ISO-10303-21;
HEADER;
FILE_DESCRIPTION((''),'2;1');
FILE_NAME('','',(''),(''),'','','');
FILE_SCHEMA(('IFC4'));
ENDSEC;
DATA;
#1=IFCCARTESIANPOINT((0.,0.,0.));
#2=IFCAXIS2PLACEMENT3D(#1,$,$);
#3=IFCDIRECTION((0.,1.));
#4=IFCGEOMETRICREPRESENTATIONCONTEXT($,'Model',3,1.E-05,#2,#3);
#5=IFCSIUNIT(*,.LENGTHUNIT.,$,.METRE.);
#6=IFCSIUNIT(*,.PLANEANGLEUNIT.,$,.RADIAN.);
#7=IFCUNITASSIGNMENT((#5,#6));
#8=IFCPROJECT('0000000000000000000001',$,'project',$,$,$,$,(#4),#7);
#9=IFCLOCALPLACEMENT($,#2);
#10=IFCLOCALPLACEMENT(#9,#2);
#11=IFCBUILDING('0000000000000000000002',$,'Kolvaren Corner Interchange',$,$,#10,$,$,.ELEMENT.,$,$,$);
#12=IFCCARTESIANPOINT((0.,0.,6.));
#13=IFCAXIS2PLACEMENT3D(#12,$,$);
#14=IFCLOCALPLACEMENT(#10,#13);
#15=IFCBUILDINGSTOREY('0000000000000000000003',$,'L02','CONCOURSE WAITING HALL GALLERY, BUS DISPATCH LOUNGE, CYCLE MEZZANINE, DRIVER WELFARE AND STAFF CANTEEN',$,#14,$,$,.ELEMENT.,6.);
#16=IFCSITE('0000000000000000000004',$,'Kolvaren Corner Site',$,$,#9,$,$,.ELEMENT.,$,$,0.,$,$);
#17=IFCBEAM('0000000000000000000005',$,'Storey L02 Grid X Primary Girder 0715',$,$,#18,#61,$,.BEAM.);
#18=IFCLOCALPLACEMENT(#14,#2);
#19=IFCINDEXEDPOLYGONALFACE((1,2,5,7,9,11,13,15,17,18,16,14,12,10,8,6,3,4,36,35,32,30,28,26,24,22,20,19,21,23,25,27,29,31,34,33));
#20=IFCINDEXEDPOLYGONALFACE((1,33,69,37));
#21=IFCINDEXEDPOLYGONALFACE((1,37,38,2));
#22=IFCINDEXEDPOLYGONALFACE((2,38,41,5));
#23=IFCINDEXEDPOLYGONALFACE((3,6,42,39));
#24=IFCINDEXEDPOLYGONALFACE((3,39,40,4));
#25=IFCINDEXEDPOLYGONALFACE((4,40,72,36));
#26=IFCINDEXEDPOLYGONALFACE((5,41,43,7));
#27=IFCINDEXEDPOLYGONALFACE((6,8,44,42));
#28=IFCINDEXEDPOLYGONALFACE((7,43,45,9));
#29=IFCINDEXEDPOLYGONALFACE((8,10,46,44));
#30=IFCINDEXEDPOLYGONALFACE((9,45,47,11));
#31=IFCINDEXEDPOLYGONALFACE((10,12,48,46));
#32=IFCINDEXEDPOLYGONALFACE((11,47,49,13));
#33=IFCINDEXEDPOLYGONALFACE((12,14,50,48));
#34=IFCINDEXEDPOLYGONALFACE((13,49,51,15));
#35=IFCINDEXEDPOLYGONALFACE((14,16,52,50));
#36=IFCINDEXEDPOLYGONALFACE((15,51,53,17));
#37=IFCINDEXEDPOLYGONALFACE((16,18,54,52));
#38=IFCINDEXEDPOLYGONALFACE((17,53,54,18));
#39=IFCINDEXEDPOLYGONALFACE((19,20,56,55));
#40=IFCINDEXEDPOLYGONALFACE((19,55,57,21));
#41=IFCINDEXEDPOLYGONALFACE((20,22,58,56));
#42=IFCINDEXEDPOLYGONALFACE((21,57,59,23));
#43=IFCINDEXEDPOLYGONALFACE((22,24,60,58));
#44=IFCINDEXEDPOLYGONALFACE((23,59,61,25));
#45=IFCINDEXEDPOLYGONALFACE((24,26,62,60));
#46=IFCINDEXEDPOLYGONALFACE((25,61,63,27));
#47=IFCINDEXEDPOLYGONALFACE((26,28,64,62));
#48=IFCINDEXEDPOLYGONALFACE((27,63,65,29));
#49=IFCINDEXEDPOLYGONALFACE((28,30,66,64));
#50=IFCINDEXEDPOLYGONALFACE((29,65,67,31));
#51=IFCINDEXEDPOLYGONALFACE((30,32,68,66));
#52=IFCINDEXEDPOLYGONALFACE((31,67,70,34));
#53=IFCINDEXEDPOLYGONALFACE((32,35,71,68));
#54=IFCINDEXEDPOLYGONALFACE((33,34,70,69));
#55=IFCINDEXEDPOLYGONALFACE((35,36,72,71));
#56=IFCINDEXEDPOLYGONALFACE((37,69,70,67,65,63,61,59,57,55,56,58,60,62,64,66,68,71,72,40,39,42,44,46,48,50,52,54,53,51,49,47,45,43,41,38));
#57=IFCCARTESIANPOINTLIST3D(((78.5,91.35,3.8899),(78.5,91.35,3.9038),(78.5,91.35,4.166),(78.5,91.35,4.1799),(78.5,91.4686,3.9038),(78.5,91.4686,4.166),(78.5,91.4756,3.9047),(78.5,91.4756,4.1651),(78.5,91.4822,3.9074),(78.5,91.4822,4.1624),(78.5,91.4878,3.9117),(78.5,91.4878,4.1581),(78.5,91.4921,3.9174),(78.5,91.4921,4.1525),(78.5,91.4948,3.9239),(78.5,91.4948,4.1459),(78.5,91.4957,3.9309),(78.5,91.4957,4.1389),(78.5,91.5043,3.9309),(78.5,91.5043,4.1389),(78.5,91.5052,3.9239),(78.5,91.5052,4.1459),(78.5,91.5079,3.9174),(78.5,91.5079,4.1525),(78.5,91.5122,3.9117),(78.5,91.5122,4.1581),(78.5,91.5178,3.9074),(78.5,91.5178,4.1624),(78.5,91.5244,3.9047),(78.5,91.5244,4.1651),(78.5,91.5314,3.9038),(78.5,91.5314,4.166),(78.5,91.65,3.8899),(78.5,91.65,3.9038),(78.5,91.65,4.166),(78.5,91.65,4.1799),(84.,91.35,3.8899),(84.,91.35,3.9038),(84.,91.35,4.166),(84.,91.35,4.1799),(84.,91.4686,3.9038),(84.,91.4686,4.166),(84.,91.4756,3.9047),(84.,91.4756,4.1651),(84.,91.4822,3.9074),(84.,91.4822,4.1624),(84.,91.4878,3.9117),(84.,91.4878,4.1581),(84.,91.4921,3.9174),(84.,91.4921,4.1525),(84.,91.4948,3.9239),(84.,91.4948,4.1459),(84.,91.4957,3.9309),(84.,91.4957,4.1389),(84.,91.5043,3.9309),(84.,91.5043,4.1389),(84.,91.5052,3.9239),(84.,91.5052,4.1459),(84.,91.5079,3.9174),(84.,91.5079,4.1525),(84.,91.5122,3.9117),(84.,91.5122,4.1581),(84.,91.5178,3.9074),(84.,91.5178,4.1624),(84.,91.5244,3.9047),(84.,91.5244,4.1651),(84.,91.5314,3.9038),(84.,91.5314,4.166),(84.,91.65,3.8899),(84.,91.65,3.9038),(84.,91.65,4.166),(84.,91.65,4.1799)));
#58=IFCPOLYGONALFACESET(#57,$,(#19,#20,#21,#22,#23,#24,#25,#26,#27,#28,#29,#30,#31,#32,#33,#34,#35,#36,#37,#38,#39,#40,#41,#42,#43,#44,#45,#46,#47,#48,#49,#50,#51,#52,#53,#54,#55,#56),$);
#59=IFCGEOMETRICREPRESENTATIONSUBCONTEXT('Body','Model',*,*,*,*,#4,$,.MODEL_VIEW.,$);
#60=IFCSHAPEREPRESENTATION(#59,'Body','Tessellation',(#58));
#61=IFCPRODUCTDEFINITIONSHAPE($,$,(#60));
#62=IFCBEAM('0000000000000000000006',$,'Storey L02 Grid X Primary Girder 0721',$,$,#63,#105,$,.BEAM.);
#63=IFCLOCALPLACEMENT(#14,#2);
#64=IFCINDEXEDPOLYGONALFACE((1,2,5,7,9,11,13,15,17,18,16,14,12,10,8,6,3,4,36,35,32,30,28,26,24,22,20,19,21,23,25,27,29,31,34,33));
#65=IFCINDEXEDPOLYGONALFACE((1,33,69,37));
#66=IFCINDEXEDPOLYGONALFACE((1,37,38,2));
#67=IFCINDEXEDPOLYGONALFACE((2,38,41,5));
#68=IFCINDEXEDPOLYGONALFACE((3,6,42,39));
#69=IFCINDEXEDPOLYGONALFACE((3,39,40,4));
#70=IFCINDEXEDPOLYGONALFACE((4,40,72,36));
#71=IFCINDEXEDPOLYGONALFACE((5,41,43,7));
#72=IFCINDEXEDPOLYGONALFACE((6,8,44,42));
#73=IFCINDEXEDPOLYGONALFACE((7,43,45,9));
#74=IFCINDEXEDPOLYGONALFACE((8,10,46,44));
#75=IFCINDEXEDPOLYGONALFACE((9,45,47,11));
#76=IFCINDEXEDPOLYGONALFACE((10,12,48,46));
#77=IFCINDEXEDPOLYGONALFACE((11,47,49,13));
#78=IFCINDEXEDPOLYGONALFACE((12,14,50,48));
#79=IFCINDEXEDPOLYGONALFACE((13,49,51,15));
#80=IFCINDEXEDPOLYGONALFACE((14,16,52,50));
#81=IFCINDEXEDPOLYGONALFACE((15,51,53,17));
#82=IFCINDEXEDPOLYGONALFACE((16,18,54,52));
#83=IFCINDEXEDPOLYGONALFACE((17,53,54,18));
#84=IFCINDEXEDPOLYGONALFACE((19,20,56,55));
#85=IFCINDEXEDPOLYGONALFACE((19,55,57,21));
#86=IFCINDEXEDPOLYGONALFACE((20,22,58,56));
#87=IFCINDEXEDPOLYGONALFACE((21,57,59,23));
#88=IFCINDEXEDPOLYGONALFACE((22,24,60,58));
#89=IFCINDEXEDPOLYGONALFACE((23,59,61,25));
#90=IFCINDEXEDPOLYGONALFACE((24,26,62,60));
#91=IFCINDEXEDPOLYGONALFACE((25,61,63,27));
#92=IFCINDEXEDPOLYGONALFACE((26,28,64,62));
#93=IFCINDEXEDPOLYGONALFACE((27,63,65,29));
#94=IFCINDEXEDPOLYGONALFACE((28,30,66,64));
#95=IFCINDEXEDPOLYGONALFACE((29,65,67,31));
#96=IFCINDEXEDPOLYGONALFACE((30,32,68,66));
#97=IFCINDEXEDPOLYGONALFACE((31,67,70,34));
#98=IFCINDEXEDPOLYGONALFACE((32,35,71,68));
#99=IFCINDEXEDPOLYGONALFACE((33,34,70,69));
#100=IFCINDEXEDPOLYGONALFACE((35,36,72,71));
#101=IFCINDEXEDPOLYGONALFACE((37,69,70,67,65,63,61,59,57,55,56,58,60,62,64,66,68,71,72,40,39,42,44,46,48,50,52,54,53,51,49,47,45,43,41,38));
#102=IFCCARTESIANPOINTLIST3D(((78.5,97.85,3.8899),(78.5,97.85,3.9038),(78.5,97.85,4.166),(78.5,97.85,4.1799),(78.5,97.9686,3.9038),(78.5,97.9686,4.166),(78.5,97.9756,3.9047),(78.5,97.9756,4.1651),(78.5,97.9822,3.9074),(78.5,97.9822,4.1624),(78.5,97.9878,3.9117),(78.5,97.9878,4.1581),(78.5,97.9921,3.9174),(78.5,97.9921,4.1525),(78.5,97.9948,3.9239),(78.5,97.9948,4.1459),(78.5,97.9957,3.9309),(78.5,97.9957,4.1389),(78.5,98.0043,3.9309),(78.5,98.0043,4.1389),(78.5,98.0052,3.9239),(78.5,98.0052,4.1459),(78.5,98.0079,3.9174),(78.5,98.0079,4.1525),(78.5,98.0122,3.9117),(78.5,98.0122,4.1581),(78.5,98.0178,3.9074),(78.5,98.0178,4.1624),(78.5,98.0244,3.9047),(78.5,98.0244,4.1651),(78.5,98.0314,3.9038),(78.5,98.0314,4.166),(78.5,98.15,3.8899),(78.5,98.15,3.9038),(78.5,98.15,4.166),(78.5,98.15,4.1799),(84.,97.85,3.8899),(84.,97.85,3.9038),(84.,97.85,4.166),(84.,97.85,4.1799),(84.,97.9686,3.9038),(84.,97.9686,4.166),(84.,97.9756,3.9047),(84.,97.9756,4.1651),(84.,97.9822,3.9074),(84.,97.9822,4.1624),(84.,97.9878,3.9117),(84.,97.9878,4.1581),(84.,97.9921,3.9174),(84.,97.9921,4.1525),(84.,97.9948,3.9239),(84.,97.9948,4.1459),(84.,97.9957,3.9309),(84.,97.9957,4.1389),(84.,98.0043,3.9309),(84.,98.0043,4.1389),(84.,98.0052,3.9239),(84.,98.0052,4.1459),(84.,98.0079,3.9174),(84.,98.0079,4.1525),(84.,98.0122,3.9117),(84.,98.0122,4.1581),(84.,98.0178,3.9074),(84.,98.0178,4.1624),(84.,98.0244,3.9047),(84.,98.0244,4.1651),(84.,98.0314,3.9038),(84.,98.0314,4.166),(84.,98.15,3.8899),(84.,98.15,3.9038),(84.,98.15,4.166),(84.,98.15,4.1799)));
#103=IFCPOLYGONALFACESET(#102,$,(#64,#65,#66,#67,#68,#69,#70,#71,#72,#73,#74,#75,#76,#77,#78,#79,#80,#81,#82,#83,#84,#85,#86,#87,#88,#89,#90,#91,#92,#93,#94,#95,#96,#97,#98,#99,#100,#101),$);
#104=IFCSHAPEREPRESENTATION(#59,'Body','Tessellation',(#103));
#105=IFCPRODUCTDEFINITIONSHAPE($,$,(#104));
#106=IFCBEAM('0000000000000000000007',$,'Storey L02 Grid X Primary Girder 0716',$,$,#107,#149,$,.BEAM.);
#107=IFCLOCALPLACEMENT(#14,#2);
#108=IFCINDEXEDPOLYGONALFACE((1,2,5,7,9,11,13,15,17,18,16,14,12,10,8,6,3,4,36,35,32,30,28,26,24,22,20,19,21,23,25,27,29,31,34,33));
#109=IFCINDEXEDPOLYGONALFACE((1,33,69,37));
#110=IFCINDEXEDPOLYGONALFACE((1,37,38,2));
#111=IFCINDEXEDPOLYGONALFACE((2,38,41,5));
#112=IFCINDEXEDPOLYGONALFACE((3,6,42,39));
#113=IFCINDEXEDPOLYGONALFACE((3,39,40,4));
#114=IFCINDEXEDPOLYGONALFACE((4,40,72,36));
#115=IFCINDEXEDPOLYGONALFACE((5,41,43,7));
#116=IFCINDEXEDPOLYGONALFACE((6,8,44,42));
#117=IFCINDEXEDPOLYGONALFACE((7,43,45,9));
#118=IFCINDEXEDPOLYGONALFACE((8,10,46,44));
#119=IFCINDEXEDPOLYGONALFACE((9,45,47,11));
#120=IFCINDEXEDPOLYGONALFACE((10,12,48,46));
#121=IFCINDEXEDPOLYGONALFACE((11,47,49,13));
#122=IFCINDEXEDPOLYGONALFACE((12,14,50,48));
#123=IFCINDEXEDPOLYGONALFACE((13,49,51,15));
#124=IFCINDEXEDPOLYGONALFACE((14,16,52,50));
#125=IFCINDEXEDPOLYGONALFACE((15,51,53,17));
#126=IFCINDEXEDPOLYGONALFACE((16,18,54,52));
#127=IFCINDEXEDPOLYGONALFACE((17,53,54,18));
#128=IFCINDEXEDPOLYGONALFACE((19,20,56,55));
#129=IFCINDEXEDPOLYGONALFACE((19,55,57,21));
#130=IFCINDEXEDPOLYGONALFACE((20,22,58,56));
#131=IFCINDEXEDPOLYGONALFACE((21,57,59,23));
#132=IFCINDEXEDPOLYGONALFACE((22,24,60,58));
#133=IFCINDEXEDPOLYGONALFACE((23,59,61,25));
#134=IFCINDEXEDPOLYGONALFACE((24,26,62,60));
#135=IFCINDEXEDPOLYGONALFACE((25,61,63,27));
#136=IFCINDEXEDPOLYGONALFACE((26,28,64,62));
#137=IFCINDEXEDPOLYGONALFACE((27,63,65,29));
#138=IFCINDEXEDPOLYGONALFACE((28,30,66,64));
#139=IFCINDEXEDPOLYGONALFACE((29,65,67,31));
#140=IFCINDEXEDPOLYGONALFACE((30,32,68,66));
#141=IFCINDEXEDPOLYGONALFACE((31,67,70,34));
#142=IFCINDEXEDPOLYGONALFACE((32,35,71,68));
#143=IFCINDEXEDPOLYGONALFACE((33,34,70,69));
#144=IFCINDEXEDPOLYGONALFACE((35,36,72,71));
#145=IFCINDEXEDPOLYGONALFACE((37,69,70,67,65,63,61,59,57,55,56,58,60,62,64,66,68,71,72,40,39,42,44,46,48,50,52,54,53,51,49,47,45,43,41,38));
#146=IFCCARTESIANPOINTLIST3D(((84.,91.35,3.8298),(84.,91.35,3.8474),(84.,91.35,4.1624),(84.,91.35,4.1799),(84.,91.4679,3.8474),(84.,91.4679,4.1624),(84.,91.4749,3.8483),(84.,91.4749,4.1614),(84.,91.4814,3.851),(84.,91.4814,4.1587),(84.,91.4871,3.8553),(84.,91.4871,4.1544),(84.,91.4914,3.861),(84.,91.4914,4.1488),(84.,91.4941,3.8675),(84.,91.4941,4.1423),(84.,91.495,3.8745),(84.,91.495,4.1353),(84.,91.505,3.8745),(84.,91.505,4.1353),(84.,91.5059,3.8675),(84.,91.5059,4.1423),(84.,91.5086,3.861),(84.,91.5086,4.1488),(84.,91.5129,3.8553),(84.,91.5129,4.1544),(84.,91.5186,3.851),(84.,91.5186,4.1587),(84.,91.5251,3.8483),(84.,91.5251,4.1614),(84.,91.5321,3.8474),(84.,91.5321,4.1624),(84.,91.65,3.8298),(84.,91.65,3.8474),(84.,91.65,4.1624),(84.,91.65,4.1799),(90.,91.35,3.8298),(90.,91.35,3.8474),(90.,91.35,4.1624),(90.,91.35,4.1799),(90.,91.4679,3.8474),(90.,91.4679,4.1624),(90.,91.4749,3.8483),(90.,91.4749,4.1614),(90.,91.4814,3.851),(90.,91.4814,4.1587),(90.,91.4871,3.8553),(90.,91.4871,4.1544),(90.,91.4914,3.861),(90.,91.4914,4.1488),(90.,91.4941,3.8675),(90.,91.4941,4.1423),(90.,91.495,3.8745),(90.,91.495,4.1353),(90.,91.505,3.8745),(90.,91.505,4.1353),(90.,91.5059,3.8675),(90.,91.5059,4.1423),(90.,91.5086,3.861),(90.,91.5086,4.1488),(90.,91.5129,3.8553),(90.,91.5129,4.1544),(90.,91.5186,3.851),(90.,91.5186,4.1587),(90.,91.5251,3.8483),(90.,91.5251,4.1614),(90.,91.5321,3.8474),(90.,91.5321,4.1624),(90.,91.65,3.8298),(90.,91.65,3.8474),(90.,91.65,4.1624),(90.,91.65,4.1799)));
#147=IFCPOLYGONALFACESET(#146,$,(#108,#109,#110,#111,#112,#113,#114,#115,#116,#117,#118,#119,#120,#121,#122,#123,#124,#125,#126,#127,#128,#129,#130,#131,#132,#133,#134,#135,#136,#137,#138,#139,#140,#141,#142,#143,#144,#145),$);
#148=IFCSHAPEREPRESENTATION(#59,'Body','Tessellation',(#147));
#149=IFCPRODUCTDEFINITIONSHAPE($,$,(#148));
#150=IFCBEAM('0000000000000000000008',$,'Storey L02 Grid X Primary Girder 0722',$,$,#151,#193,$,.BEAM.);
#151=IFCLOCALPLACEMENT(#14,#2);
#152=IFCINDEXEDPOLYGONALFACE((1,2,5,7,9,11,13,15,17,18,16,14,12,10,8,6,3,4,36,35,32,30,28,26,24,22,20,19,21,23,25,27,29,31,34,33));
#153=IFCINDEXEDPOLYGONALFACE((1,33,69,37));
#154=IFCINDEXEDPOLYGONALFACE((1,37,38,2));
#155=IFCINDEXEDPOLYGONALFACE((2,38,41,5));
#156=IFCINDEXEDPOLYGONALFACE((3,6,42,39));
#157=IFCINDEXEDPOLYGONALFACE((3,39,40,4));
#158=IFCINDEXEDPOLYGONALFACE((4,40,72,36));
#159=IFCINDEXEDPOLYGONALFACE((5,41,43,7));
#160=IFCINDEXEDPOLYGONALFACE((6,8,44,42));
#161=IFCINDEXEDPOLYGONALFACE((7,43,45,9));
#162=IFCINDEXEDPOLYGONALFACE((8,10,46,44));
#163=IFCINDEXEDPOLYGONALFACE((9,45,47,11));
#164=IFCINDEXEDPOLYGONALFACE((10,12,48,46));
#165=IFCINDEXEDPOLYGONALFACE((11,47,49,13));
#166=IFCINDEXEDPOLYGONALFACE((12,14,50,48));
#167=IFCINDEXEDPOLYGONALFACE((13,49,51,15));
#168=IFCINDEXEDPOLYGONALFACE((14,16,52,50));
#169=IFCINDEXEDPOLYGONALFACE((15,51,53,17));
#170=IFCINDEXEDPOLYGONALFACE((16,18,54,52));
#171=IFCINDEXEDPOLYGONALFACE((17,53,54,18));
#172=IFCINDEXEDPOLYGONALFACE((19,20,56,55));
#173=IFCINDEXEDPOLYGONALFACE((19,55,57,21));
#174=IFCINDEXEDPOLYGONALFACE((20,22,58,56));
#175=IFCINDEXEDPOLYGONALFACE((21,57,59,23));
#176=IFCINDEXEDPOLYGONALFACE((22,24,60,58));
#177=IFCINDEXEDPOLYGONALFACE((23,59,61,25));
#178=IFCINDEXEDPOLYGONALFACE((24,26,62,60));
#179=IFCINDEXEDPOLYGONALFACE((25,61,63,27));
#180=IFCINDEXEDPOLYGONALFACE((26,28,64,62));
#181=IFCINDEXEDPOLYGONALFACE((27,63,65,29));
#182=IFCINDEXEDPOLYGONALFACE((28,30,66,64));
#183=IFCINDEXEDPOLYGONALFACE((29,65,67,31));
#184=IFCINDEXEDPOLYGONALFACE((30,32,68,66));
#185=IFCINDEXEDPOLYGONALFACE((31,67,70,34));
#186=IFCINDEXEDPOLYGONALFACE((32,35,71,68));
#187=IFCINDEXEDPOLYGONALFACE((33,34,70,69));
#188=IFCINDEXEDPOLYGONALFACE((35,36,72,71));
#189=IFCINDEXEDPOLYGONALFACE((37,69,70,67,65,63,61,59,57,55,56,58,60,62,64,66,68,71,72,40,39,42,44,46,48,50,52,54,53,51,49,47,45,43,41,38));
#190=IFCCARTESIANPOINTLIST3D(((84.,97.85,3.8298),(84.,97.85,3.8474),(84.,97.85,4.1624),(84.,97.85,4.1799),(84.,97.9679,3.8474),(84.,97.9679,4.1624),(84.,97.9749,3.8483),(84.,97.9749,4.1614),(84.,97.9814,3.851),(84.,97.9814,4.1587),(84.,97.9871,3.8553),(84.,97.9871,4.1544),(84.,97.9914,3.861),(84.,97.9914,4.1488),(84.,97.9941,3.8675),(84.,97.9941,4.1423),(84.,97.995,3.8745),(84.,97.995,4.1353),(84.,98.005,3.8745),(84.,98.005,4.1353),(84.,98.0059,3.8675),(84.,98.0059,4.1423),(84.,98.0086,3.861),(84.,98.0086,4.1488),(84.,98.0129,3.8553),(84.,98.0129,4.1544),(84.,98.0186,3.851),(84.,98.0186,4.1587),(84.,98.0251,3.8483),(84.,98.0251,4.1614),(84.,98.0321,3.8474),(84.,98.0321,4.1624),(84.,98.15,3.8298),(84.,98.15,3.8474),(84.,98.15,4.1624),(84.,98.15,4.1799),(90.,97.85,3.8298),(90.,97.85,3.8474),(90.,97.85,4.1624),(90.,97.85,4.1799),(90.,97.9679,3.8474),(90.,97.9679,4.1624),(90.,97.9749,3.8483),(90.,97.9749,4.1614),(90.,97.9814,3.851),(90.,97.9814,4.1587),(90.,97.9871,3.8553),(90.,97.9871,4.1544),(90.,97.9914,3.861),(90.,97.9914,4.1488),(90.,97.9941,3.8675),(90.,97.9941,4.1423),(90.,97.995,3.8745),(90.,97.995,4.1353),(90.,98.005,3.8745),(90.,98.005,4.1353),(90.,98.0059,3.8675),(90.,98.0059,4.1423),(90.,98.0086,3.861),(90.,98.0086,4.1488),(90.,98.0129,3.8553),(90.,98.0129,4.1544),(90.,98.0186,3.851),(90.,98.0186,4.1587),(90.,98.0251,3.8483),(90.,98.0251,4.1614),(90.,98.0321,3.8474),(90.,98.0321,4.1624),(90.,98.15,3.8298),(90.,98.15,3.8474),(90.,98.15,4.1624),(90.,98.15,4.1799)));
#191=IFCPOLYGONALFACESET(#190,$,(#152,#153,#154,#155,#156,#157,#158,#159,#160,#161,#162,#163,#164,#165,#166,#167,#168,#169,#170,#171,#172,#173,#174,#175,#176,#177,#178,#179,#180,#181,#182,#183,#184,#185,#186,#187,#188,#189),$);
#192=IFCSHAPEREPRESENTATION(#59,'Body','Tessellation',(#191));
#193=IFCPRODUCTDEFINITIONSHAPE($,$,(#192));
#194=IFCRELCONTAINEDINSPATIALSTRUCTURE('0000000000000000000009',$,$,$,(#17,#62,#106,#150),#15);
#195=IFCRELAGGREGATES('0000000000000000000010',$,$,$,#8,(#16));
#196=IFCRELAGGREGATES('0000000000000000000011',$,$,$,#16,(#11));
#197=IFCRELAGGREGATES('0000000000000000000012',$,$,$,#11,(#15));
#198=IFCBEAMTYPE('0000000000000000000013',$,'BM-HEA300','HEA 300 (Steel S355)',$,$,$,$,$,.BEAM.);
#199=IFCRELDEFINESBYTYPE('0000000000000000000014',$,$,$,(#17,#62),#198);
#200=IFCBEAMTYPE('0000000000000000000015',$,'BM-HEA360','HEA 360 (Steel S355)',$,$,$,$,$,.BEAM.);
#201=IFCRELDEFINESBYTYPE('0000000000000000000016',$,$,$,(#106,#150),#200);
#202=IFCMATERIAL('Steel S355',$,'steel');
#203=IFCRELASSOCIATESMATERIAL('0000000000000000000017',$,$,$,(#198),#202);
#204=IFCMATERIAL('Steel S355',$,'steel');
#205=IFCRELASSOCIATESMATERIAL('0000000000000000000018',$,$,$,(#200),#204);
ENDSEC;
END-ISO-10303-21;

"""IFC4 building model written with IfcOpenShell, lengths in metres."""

from ifc_helpers import new_model, si_unit, direction, frame, origin, origin_2d, place, context, subcontext, project, spatial, i_section, extrude, material, material_profile, profile_set, type_object, element, save


model = new_model("IFC4")

# Units and contexts
model_context = context("Model", 3, precision=1e-05, world=origin(), true_north=direction((0.0, 1.0)))
body_context = subcontext(model_context, "Body", "Model", "MODEL_VIEW")
ifc_project = project(units=[si_unit("LENGTHUNIT", "METRE"), si_unit("PLANEANGLEUNIT", "RADIAN")], contexts=[model_context])

# Site, building, storey
site_placement = place(None, origin())
site = spatial("IfcSite", under=ifc_project, at=site_placement, Name="Kolvaren Corner Site", CompositionType="ELEMENT", RefElevation=0.0)
building_placement = place(site_placement, origin())
building = spatial("IfcBuilding", under=site, at=building_placement, Name="Kolvaren Corner Interchange", CompositionType="ELEMENT")
storey_placement = place(building_placement, frame((0.0, 0.0, 6.0)))
storey = spatial("IfcBuildingStorey", under=building, at=storey_placement, Name="L02", Description="CONCOURSE WAITING HALL GALLERY, BUS DISPATCH LOUNGE, CYCLE MEZZANINE, DRIVER WELFARE AND STAFF CANTEEN", CompositionType="ELEMENT", Elevation=6.0)

# Beams
ifc_material_1 = material(Name="Steel S355", Category="steel")
ifc_material_profile_1 = material_profile(ifc_material_1, i_section(OverallWidth=0.3, OverallDepth=0.29, WebThickness=0.0085, FlangeThickness=0.0139, FilletRadius=0.0271, at=origin_2d()), Name="HEA 300")
ifc_profile_set_1 = profile_set([ifc_material_profile_1], Name="Steel S355")
beam_type_1 = type_object("IfcBeamType", Name="BM-HEA300", Description="HEA 300 (Steel S355)", PredefinedType="BEAM", material=ifc_profile_set_1)
for number, where, z_axis, x_axis, name in (
    (1, (78.5, 91.5, 4.0349), (1.0, 0.0, 0.0), (0.0, 1.0, 0.0), "Storey L02 Grid X Primary Girder 0715"),
    (2, (78.5, 98.0, 4.0349), (1.0, 0.0, 0.0), (0.0, 1.0, 0.0), "Storey L02 Grid X Primary Girder 0721"),
):
    element("IfcBeam", number, at=place(storey_placement, frame(where, z_axis=z_axis, x_axis=x_axis)), inside=storey, type_object=beam_type_1, Name=name, PredefinedType="BEAM", context=body_context, shape_type="SweptSolid", body=[
        extrude(i_section(OverallWidth=0.3, OverallDepth=0.29, WebThickness=0.0085, FlangeThickness=0.0139, FilletRadius=0.0271, at=origin_2d()), origin(), (0.0, 0.0, 1.0), 5.5),
    ])
ifc_material_2 = material(Name="Steel S355", Category="steel")
ifc_material_profile_2 = material_profile(ifc_material_2, i_section(OverallWidth=0.3, OverallDepth=0.3501, WebThickness=0.01, FlangeThickness=0.0176, FilletRadius=0.0271, at=origin_2d()), Name="HEA 360")
ifc_profile_set_2 = profile_set([ifc_material_profile_2], Name="Steel S355")
beam_type_2 = type_object("IfcBeamType", Name="BM-HEA360", Description="HEA 360 (Steel S355)", PredefinedType="BEAM", material=ifc_profile_set_2)
for number, where, z_axis, x_axis, name in (
    (3, (84.0, 91.5, 4.0049), (1.0, 0.0, 0.0), (0.0, 1.0, 0.0), "Storey L02 Grid X Primary Girder 0716"),
    (4, (84.0, 98.0, 4.0049), (1.0, 0.0, 0.0), (0.0, 1.0, 0.0), "Storey L02 Grid X Primary Girder 0722"),
):
    element("IfcBeam", number, at=place(storey_placement, frame(where, z_axis=z_axis, x_axis=x_axis)), inside=storey, type_object=beam_type_2, Name=name, PredefinedType="BEAM", context=body_context, shape_type="SweptSolid", body=[
        extrude(i_section(OverallWidth=0.3, OverallDepth=0.3501, WebThickness=0.01, FlangeThickness=0.0176, FilletRadius=0.0271, at=origin_2d()), origin(), (0.0, 0.0, 1.0), 6.0),
    ])

save(model, "model.ifc")
